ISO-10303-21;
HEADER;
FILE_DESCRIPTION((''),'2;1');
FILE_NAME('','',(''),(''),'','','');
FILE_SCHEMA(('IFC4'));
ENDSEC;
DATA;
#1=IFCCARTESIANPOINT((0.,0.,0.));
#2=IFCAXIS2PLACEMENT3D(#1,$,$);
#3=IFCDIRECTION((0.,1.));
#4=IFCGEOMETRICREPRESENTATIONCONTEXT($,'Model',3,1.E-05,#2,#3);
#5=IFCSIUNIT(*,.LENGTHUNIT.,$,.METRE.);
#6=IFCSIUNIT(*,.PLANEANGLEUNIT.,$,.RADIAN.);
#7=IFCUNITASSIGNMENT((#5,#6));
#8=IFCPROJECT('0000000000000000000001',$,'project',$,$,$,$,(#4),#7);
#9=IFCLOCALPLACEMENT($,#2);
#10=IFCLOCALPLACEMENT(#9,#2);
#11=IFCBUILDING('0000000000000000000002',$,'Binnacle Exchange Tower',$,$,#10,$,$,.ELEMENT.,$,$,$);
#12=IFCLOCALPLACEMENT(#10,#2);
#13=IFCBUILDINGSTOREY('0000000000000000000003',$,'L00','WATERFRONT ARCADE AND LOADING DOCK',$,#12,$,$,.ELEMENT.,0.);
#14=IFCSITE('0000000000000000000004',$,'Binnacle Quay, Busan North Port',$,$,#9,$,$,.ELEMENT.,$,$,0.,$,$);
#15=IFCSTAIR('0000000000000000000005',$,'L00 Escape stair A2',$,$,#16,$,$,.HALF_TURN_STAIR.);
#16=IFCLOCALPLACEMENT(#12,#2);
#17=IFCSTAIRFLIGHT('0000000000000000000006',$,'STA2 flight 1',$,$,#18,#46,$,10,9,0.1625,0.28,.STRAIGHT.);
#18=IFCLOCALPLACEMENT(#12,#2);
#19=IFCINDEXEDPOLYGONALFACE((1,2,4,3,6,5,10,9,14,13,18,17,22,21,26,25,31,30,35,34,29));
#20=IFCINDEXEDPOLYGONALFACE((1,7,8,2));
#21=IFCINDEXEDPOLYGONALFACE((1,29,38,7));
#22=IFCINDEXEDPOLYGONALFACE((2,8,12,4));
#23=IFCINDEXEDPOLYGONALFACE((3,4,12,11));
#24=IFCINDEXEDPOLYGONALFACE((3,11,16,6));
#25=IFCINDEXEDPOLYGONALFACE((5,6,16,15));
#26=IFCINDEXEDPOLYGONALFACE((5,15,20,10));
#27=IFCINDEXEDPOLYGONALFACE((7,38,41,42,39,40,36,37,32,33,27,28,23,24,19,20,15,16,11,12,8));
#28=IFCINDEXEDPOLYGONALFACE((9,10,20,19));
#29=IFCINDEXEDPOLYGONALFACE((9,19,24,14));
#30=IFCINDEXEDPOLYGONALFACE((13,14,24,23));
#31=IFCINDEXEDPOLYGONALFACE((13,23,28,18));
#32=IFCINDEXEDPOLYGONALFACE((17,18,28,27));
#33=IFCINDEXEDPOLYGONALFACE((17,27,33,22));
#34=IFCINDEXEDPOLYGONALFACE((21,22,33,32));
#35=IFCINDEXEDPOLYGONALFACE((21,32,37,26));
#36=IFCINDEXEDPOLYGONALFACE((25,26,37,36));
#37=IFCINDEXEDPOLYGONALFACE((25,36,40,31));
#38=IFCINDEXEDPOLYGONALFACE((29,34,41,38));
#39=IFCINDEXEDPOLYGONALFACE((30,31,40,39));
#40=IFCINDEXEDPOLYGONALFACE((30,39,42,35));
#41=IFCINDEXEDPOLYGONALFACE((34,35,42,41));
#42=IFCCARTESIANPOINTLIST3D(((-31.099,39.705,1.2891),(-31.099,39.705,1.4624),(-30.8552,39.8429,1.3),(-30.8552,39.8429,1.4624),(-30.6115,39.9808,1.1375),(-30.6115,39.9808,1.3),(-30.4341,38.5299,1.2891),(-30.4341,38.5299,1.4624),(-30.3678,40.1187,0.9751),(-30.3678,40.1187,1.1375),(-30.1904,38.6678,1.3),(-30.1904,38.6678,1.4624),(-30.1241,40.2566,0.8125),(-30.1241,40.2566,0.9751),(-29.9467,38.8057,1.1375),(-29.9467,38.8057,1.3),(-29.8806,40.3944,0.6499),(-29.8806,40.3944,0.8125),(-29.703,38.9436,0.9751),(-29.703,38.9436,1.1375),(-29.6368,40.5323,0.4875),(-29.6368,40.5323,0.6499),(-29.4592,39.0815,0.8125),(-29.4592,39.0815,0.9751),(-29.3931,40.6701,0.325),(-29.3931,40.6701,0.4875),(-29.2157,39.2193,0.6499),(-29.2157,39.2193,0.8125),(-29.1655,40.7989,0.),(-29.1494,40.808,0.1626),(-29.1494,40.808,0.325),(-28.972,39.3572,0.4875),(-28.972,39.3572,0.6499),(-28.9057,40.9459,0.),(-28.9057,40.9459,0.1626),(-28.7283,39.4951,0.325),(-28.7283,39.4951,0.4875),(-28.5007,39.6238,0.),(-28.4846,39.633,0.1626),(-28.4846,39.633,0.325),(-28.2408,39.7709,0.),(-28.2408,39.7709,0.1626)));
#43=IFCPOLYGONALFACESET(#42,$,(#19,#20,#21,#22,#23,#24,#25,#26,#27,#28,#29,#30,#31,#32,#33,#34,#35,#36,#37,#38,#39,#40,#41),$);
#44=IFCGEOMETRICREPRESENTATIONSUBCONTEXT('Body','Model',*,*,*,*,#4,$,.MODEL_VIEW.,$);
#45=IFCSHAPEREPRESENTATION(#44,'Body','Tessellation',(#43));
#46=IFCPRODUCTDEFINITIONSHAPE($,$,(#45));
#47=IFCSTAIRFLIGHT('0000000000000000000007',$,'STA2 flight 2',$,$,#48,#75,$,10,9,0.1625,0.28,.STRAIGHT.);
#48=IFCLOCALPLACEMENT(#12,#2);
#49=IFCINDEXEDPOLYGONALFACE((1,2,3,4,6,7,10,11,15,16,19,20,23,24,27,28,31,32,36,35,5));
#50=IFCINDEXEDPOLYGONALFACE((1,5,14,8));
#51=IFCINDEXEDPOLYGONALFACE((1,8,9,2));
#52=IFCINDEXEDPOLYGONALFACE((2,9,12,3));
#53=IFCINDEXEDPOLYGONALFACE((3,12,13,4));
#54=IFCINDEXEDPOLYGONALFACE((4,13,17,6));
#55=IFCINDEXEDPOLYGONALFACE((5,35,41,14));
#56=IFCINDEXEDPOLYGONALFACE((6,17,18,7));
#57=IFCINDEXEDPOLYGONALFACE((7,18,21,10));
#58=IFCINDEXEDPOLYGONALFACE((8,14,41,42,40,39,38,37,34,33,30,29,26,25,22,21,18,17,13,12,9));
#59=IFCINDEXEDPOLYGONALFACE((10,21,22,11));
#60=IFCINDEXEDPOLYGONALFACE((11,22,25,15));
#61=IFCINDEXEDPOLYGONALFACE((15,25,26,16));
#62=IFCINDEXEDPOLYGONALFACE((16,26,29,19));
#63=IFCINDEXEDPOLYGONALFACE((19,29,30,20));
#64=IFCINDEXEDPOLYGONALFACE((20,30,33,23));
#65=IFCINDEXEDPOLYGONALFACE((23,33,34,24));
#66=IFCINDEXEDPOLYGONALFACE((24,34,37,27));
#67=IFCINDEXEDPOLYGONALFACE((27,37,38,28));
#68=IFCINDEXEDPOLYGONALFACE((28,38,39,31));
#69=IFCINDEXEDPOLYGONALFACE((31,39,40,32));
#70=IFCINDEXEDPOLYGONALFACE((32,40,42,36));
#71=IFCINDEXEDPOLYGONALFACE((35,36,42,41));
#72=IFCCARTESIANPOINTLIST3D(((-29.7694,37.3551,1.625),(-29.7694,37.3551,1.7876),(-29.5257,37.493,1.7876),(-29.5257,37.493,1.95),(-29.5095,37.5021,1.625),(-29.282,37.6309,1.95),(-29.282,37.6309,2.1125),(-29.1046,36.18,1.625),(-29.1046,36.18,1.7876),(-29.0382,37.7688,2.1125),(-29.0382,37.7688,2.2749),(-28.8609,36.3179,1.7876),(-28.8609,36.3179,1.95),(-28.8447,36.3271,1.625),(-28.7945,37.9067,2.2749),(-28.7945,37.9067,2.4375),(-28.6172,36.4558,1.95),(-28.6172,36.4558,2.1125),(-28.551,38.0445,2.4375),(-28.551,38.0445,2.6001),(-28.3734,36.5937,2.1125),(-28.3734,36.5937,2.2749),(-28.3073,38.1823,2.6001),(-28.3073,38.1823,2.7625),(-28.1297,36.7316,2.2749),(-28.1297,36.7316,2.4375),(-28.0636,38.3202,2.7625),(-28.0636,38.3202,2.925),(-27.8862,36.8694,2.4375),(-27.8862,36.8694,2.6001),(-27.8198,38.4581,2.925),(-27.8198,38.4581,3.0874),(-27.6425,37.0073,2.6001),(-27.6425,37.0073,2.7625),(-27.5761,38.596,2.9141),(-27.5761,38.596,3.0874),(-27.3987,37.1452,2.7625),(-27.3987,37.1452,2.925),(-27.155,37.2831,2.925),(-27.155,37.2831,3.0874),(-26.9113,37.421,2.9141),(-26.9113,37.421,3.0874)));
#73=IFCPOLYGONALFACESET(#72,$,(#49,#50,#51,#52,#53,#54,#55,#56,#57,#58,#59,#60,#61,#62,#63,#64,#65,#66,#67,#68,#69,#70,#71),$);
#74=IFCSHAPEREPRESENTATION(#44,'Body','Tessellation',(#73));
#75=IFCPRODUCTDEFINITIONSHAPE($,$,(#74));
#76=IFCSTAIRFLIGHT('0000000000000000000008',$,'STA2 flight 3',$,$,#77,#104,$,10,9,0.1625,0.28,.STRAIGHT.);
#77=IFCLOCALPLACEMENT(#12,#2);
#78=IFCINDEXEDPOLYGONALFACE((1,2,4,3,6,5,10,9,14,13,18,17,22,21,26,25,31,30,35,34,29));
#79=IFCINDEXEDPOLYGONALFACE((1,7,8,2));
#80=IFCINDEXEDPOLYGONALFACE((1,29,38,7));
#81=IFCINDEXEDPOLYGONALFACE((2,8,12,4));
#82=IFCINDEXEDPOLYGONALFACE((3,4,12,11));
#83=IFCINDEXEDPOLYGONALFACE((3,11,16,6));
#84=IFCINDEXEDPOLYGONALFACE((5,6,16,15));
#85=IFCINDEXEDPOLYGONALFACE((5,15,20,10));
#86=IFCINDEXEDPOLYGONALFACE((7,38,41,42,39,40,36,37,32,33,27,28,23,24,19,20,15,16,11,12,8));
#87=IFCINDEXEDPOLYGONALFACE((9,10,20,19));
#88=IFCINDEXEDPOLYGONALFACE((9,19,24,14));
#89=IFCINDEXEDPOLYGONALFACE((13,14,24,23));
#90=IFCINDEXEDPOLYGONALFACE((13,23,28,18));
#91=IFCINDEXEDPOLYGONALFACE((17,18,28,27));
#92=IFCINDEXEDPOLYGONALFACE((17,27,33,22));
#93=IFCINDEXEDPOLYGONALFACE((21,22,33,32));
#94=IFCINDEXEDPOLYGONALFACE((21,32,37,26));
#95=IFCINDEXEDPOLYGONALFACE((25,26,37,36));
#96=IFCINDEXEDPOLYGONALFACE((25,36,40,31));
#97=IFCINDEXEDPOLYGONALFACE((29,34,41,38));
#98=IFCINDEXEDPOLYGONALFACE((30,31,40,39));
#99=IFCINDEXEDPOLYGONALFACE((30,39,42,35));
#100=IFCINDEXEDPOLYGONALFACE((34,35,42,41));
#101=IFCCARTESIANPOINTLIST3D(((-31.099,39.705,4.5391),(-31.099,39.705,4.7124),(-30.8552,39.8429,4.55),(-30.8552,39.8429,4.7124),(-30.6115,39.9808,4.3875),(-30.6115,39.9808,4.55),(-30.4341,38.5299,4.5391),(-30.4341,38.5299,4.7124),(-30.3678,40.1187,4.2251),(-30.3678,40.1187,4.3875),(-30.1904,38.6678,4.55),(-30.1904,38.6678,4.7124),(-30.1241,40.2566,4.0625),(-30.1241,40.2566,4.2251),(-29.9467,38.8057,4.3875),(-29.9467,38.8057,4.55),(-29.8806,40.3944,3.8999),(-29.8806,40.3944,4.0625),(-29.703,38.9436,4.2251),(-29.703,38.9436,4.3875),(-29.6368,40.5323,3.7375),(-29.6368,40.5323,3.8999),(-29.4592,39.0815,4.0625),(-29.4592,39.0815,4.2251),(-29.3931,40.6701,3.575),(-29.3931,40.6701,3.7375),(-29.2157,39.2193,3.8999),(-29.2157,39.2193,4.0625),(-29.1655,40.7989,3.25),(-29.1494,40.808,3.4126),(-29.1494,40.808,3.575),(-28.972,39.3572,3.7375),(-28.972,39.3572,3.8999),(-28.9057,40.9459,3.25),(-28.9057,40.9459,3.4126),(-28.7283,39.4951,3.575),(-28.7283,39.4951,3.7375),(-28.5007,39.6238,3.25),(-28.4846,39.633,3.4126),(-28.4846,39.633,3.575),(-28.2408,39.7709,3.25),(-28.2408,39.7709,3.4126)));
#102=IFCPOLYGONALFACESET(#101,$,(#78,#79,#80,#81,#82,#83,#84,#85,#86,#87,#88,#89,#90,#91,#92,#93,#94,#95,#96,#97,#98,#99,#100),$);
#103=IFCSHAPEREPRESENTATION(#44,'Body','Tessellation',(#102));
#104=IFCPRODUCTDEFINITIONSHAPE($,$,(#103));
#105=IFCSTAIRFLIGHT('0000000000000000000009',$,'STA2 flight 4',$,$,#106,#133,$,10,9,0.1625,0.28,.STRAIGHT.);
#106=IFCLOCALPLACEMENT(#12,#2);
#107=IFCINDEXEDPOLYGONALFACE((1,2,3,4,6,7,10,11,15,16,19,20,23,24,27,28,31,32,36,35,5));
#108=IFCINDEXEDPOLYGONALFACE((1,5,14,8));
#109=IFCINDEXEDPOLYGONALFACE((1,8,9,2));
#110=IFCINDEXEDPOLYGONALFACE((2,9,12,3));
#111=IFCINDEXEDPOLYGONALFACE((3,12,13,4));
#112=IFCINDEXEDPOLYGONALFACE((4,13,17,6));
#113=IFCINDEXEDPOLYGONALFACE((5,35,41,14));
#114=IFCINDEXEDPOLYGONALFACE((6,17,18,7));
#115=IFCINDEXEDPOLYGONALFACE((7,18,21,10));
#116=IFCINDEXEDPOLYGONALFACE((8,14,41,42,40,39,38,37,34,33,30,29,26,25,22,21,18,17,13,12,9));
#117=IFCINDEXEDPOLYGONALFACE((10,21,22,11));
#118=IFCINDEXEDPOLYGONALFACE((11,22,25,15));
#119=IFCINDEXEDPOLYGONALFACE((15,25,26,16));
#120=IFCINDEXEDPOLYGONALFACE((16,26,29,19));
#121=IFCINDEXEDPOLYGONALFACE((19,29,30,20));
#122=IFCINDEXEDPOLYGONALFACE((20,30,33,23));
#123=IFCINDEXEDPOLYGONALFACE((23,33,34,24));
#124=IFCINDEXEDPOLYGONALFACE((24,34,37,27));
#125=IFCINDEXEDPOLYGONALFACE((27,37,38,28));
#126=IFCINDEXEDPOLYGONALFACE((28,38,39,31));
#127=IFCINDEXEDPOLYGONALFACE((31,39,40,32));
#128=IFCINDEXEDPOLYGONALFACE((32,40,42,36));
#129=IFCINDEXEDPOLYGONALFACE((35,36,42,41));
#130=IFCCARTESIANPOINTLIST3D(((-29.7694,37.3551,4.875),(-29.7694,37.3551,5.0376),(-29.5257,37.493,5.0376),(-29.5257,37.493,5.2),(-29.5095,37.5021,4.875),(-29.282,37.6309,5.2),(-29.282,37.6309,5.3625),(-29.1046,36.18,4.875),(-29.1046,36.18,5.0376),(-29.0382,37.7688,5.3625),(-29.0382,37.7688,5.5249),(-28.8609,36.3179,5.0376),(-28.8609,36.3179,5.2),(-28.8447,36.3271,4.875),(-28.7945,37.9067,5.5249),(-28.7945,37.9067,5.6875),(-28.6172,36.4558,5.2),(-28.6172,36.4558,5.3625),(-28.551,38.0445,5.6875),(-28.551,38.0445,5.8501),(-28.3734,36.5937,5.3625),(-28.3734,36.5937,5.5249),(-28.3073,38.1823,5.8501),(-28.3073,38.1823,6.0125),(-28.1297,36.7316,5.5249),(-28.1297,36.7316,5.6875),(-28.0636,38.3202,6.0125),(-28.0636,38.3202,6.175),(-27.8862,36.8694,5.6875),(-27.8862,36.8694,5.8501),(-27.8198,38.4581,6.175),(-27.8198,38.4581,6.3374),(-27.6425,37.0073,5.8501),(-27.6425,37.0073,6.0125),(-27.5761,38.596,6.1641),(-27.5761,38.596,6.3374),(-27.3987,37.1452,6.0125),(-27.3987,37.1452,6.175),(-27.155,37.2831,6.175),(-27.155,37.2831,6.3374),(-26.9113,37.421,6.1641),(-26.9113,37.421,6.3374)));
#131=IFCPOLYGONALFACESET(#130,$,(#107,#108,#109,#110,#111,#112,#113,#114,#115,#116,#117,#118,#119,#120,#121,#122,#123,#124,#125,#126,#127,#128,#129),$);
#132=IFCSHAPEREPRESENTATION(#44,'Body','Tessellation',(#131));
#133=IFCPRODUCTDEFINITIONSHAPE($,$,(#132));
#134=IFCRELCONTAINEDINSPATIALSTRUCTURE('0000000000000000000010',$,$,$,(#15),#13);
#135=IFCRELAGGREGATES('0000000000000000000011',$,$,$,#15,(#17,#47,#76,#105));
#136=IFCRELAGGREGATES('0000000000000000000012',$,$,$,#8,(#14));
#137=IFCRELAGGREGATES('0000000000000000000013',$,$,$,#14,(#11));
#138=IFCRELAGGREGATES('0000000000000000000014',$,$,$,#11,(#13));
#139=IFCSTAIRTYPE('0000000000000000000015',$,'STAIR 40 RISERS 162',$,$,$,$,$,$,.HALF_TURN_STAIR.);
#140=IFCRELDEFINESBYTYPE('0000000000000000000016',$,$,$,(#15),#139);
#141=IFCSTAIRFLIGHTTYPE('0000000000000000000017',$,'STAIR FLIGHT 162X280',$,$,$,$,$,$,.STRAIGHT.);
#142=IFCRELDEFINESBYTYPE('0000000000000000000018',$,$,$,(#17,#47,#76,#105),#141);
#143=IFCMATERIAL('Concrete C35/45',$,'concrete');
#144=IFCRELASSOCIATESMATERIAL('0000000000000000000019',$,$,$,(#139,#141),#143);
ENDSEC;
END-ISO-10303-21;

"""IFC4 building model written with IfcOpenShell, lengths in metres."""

from ifc_helpers import new_model, si_unit, direction, frame, origin, place, context, subcontext, project, spatial, polyline, outline, extrude, material, type_object, element, aggregate, save


model = new_model("IFC4")

# Units and contexts
model_context = context("Model", 3, precision=1e-05, world=origin(), true_north=direction((0.0, 1.0)))
body_context = subcontext(model_context, "Body", "Model", "MODEL_VIEW")
ifc_project = project(units=[si_unit("LENGTHUNIT", "METRE"), si_unit("PLANEANGLEUNIT", "RADIAN")], contexts=[model_context])

# Site, building, storey
site_placement = place(None, origin())
site = spatial("IfcSite", under=ifc_project, at=site_placement, Name="Binnacle Quay, Busan North Port", CompositionType="ELEMENT", RefElevation=0.0)
building_placement = place(site_placement, origin())
building = spatial("IfcBuilding", under=site, at=building_placement, Name="Binnacle Exchange Tower", CompositionType="ELEMENT")
storey_placement = place(building_placement, origin())
storey = spatial("IfcBuildingStorey", under=building, at=storey_placement, Name="L00", Description="WATERFRONT ARCADE AND LOADING DOCK", CompositionType="ELEMENT", Elevation=0.0)

# Stair, stair flights
ifc_material_1 = material(Name="Concrete C35/45", Category="concrete")
stair_type = type_object("IfcStairType", Name="STAIR 40 RISERS 162", PredefinedType="HALF_TURN_STAIR", material=ifc_material_1)
stair_placement = place(storey_placement, origin())
stair = element("IfcStair", 1, at=stair_placement, inside=storey, type_object=stair_type, Name="L00 Escape stair A2", PredefinedType="HALF_TURN_STAIR")
stair_flight_type = type_object("IfcStairFlightType", Name="STAIR FLIGHT 162X280", PredefinedType="STRAIGHT", material=ifc_material_1)
stair_flight_1_placement = place(storey_placement, frame((-28.5732, 40.3584, 0.0), z_axis=(0.0, 0.0, 1.0), x_axis=(-0.870356, -0.492424, 0.0)))
stair_flight_1 = element("IfcStairFlight", 2, at=stair_flight_1_placement, type_object=stair_flight_type, Name="STA2 flight 1", NumberOfRisers=10, NumberOfTreads=9, PredefinedType="STRAIGHT", RiserHeight=0.1625, TreadLength=0.28, context=body_context, shape_type="SweptSolid", body=[
    extrude(outline(polyline([(0.0, 0.0), (0.0, 0.1626), (0.28, 0.1626), (0.28, 0.325), (0.5601, 0.325), (0.5601, 0.4875), (0.8401, 0.4875), (0.8401, 0.6499), (1.1201, 0.6499), (1.1201, 0.8125), (1.3999, 0.8125), (1.3999, 0.9751), (1.6799, 0.9751), (1.6799, 1.1375), (1.96, 1.1375), (1.96, 1.3), (2.24, 1.3), (2.24, 1.4624), (2.52, 1.4624), (2.52, 1.625), (2.52, 1.2891), (0.2986, 0.0), (0.0, 0.0)])), frame((0.0, 0.675, 0.0), z_axis=(0.0, -1.0, 0.0), x_axis=(1.0, 0.0, 0.0)), (0.0, 0.0, 1.0), 1.3501),
])
stair_flight_2_placement = place(storey_placement, frame((-29.437, 36.7676, 1.625), z_axis=(0.0, 0.0, 1.0), x_axis=(0.870356, 0.492424, 0.0)))
stair_flight_2 = element("IfcStairFlight", 3, at=stair_flight_2_placement, type_object=stair_flight_type, Name="STA2 flight 2", NumberOfRisers=10, NumberOfTreads=9, PredefinedType="STRAIGHT", RiserHeight=0.1625, TreadLength=0.28, context=body_context, shape_type="SweptSolid", body=[
    extrude(outline(polyline([(0.0, 0.0), (0.0, 0.1626), (0.28, 0.1626), (0.28, 0.325), (0.5601, 0.325), (0.5601, 0.4875), (0.8401, 0.4875), (0.8401, 0.6499), (1.1201, 0.6499), (1.1201, 0.8125), (1.3999, 0.8125), (1.3999, 0.9751), (1.6799, 0.9751), (1.6799, 1.1375), (1.96, 1.1375), (1.96, 1.3), (2.24, 1.3), (2.24, 1.4624), (2.52, 1.4624), (2.52, 1.625), (2.52, 1.2891), (0.2986, 0.0), (0.0, 0.0)])), frame((0.0, 0.675, 0.0), z_axis=(0.0, -1.0, 0.0), x_axis=(1.0, 0.0, 0.0)), (0.0, 0.0, 1.0), 1.3501),
])
stair_flight_3_placement = place(storey_placement, frame((-28.5732, 40.3584, 3.25), z_axis=(0.0, 0.0, 1.0), x_axis=(-0.870356, -0.492424, 0.0)))
stair_flight_3 = element("IfcStairFlight", 4, at=stair_flight_3_placement, type_object=stair_flight_type, Name="STA2 flight 3", NumberOfRisers=10, NumberOfTreads=9, PredefinedType="STRAIGHT", RiserHeight=0.1625, TreadLength=0.28, context=body_context, shape_type="SweptSolid", body=[
    extrude(outline(polyline([(0.0, 0.0), (0.0, 0.1626), (0.28, 0.1626), (0.28, 0.325), (0.5601, 0.325), (0.5601, 0.4875), (0.8401, 0.4875), (0.8401, 0.6499), (1.1201, 0.6499), (1.1201, 0.8125), (1.3999, 0.8125), (1.3999, 0.9751), (1.6799, 0.9751), (1.6799, 1.1375), (1.96, 1.1375), (1.96, 1.3), (2.24, 1.3), (2.24, 1.4624), (2.52, 1.4624), (2.52, 1.625), (2.52, 1.2891), (0.2986, 0.0), (0.0, 0.0)])), frame((0.0, 0.675, 0.0), z_axis=(0.0, -1.0, 0.0), x_axis=(1.0, 0.0, 0.0)), (0.0, 0.0, 1.0), 1.3501),
])
stair_flight_4_placement = place(storey_placement, frame((-29.437, 36.7676, 4.875), z_axis=(0.0, 0.0, 1.0), x_axis=(0.870356, 0.492424, 0.0)))
stair_flight_4 = element("IfcStairFlight", 5, at=stair_flight_4_placement, type_object=stair_flight_type, Name="STA2 flight 4", NumberOfRisers=10, NumberOfTreads=9, PredefinedType="STRAIGHT", RiserHeight=0.1625, TreadLength=0.28, context=body_context, shape_type="SweptSolid", body=[
    extrude(outline(polyline([(0.0, 0.0), (0.0, 0.1626), (0.28, 0.1626), (0.28, 0.325), (0.5601, 0.325), (0.5601, 0.4875), (0.8401, 0.4875), (0.8401, 0.6499), (1.1201, 0.6499), (1.1201, 0.8125), (1.3999, 0.8125), (1.3999, 0.9751), (1.6799, 0.9751), (1.6799, 1.1375), (1.96, 1.1375), (1.96, 1.3), (2.24, 1.3), (2.24, 1.4624), (2.52, 1.4624), (2.52, 1.625), (2.52, 1.2891), (0.2986, 0.0), (0.0, 0.0)])), frame((0.0, 0.675, 0.0), z_axis=(0.0, -1.0, 0.0), x_axis=(1.0, 0.0, 0.0)), (0.0, 0.0, 1.0), 1.3501),
])
aggregate(stair, [stair_flight_1, stair_flight_2, stair_flight_3, stair_flight_4])

save(model, "model.ifc")
